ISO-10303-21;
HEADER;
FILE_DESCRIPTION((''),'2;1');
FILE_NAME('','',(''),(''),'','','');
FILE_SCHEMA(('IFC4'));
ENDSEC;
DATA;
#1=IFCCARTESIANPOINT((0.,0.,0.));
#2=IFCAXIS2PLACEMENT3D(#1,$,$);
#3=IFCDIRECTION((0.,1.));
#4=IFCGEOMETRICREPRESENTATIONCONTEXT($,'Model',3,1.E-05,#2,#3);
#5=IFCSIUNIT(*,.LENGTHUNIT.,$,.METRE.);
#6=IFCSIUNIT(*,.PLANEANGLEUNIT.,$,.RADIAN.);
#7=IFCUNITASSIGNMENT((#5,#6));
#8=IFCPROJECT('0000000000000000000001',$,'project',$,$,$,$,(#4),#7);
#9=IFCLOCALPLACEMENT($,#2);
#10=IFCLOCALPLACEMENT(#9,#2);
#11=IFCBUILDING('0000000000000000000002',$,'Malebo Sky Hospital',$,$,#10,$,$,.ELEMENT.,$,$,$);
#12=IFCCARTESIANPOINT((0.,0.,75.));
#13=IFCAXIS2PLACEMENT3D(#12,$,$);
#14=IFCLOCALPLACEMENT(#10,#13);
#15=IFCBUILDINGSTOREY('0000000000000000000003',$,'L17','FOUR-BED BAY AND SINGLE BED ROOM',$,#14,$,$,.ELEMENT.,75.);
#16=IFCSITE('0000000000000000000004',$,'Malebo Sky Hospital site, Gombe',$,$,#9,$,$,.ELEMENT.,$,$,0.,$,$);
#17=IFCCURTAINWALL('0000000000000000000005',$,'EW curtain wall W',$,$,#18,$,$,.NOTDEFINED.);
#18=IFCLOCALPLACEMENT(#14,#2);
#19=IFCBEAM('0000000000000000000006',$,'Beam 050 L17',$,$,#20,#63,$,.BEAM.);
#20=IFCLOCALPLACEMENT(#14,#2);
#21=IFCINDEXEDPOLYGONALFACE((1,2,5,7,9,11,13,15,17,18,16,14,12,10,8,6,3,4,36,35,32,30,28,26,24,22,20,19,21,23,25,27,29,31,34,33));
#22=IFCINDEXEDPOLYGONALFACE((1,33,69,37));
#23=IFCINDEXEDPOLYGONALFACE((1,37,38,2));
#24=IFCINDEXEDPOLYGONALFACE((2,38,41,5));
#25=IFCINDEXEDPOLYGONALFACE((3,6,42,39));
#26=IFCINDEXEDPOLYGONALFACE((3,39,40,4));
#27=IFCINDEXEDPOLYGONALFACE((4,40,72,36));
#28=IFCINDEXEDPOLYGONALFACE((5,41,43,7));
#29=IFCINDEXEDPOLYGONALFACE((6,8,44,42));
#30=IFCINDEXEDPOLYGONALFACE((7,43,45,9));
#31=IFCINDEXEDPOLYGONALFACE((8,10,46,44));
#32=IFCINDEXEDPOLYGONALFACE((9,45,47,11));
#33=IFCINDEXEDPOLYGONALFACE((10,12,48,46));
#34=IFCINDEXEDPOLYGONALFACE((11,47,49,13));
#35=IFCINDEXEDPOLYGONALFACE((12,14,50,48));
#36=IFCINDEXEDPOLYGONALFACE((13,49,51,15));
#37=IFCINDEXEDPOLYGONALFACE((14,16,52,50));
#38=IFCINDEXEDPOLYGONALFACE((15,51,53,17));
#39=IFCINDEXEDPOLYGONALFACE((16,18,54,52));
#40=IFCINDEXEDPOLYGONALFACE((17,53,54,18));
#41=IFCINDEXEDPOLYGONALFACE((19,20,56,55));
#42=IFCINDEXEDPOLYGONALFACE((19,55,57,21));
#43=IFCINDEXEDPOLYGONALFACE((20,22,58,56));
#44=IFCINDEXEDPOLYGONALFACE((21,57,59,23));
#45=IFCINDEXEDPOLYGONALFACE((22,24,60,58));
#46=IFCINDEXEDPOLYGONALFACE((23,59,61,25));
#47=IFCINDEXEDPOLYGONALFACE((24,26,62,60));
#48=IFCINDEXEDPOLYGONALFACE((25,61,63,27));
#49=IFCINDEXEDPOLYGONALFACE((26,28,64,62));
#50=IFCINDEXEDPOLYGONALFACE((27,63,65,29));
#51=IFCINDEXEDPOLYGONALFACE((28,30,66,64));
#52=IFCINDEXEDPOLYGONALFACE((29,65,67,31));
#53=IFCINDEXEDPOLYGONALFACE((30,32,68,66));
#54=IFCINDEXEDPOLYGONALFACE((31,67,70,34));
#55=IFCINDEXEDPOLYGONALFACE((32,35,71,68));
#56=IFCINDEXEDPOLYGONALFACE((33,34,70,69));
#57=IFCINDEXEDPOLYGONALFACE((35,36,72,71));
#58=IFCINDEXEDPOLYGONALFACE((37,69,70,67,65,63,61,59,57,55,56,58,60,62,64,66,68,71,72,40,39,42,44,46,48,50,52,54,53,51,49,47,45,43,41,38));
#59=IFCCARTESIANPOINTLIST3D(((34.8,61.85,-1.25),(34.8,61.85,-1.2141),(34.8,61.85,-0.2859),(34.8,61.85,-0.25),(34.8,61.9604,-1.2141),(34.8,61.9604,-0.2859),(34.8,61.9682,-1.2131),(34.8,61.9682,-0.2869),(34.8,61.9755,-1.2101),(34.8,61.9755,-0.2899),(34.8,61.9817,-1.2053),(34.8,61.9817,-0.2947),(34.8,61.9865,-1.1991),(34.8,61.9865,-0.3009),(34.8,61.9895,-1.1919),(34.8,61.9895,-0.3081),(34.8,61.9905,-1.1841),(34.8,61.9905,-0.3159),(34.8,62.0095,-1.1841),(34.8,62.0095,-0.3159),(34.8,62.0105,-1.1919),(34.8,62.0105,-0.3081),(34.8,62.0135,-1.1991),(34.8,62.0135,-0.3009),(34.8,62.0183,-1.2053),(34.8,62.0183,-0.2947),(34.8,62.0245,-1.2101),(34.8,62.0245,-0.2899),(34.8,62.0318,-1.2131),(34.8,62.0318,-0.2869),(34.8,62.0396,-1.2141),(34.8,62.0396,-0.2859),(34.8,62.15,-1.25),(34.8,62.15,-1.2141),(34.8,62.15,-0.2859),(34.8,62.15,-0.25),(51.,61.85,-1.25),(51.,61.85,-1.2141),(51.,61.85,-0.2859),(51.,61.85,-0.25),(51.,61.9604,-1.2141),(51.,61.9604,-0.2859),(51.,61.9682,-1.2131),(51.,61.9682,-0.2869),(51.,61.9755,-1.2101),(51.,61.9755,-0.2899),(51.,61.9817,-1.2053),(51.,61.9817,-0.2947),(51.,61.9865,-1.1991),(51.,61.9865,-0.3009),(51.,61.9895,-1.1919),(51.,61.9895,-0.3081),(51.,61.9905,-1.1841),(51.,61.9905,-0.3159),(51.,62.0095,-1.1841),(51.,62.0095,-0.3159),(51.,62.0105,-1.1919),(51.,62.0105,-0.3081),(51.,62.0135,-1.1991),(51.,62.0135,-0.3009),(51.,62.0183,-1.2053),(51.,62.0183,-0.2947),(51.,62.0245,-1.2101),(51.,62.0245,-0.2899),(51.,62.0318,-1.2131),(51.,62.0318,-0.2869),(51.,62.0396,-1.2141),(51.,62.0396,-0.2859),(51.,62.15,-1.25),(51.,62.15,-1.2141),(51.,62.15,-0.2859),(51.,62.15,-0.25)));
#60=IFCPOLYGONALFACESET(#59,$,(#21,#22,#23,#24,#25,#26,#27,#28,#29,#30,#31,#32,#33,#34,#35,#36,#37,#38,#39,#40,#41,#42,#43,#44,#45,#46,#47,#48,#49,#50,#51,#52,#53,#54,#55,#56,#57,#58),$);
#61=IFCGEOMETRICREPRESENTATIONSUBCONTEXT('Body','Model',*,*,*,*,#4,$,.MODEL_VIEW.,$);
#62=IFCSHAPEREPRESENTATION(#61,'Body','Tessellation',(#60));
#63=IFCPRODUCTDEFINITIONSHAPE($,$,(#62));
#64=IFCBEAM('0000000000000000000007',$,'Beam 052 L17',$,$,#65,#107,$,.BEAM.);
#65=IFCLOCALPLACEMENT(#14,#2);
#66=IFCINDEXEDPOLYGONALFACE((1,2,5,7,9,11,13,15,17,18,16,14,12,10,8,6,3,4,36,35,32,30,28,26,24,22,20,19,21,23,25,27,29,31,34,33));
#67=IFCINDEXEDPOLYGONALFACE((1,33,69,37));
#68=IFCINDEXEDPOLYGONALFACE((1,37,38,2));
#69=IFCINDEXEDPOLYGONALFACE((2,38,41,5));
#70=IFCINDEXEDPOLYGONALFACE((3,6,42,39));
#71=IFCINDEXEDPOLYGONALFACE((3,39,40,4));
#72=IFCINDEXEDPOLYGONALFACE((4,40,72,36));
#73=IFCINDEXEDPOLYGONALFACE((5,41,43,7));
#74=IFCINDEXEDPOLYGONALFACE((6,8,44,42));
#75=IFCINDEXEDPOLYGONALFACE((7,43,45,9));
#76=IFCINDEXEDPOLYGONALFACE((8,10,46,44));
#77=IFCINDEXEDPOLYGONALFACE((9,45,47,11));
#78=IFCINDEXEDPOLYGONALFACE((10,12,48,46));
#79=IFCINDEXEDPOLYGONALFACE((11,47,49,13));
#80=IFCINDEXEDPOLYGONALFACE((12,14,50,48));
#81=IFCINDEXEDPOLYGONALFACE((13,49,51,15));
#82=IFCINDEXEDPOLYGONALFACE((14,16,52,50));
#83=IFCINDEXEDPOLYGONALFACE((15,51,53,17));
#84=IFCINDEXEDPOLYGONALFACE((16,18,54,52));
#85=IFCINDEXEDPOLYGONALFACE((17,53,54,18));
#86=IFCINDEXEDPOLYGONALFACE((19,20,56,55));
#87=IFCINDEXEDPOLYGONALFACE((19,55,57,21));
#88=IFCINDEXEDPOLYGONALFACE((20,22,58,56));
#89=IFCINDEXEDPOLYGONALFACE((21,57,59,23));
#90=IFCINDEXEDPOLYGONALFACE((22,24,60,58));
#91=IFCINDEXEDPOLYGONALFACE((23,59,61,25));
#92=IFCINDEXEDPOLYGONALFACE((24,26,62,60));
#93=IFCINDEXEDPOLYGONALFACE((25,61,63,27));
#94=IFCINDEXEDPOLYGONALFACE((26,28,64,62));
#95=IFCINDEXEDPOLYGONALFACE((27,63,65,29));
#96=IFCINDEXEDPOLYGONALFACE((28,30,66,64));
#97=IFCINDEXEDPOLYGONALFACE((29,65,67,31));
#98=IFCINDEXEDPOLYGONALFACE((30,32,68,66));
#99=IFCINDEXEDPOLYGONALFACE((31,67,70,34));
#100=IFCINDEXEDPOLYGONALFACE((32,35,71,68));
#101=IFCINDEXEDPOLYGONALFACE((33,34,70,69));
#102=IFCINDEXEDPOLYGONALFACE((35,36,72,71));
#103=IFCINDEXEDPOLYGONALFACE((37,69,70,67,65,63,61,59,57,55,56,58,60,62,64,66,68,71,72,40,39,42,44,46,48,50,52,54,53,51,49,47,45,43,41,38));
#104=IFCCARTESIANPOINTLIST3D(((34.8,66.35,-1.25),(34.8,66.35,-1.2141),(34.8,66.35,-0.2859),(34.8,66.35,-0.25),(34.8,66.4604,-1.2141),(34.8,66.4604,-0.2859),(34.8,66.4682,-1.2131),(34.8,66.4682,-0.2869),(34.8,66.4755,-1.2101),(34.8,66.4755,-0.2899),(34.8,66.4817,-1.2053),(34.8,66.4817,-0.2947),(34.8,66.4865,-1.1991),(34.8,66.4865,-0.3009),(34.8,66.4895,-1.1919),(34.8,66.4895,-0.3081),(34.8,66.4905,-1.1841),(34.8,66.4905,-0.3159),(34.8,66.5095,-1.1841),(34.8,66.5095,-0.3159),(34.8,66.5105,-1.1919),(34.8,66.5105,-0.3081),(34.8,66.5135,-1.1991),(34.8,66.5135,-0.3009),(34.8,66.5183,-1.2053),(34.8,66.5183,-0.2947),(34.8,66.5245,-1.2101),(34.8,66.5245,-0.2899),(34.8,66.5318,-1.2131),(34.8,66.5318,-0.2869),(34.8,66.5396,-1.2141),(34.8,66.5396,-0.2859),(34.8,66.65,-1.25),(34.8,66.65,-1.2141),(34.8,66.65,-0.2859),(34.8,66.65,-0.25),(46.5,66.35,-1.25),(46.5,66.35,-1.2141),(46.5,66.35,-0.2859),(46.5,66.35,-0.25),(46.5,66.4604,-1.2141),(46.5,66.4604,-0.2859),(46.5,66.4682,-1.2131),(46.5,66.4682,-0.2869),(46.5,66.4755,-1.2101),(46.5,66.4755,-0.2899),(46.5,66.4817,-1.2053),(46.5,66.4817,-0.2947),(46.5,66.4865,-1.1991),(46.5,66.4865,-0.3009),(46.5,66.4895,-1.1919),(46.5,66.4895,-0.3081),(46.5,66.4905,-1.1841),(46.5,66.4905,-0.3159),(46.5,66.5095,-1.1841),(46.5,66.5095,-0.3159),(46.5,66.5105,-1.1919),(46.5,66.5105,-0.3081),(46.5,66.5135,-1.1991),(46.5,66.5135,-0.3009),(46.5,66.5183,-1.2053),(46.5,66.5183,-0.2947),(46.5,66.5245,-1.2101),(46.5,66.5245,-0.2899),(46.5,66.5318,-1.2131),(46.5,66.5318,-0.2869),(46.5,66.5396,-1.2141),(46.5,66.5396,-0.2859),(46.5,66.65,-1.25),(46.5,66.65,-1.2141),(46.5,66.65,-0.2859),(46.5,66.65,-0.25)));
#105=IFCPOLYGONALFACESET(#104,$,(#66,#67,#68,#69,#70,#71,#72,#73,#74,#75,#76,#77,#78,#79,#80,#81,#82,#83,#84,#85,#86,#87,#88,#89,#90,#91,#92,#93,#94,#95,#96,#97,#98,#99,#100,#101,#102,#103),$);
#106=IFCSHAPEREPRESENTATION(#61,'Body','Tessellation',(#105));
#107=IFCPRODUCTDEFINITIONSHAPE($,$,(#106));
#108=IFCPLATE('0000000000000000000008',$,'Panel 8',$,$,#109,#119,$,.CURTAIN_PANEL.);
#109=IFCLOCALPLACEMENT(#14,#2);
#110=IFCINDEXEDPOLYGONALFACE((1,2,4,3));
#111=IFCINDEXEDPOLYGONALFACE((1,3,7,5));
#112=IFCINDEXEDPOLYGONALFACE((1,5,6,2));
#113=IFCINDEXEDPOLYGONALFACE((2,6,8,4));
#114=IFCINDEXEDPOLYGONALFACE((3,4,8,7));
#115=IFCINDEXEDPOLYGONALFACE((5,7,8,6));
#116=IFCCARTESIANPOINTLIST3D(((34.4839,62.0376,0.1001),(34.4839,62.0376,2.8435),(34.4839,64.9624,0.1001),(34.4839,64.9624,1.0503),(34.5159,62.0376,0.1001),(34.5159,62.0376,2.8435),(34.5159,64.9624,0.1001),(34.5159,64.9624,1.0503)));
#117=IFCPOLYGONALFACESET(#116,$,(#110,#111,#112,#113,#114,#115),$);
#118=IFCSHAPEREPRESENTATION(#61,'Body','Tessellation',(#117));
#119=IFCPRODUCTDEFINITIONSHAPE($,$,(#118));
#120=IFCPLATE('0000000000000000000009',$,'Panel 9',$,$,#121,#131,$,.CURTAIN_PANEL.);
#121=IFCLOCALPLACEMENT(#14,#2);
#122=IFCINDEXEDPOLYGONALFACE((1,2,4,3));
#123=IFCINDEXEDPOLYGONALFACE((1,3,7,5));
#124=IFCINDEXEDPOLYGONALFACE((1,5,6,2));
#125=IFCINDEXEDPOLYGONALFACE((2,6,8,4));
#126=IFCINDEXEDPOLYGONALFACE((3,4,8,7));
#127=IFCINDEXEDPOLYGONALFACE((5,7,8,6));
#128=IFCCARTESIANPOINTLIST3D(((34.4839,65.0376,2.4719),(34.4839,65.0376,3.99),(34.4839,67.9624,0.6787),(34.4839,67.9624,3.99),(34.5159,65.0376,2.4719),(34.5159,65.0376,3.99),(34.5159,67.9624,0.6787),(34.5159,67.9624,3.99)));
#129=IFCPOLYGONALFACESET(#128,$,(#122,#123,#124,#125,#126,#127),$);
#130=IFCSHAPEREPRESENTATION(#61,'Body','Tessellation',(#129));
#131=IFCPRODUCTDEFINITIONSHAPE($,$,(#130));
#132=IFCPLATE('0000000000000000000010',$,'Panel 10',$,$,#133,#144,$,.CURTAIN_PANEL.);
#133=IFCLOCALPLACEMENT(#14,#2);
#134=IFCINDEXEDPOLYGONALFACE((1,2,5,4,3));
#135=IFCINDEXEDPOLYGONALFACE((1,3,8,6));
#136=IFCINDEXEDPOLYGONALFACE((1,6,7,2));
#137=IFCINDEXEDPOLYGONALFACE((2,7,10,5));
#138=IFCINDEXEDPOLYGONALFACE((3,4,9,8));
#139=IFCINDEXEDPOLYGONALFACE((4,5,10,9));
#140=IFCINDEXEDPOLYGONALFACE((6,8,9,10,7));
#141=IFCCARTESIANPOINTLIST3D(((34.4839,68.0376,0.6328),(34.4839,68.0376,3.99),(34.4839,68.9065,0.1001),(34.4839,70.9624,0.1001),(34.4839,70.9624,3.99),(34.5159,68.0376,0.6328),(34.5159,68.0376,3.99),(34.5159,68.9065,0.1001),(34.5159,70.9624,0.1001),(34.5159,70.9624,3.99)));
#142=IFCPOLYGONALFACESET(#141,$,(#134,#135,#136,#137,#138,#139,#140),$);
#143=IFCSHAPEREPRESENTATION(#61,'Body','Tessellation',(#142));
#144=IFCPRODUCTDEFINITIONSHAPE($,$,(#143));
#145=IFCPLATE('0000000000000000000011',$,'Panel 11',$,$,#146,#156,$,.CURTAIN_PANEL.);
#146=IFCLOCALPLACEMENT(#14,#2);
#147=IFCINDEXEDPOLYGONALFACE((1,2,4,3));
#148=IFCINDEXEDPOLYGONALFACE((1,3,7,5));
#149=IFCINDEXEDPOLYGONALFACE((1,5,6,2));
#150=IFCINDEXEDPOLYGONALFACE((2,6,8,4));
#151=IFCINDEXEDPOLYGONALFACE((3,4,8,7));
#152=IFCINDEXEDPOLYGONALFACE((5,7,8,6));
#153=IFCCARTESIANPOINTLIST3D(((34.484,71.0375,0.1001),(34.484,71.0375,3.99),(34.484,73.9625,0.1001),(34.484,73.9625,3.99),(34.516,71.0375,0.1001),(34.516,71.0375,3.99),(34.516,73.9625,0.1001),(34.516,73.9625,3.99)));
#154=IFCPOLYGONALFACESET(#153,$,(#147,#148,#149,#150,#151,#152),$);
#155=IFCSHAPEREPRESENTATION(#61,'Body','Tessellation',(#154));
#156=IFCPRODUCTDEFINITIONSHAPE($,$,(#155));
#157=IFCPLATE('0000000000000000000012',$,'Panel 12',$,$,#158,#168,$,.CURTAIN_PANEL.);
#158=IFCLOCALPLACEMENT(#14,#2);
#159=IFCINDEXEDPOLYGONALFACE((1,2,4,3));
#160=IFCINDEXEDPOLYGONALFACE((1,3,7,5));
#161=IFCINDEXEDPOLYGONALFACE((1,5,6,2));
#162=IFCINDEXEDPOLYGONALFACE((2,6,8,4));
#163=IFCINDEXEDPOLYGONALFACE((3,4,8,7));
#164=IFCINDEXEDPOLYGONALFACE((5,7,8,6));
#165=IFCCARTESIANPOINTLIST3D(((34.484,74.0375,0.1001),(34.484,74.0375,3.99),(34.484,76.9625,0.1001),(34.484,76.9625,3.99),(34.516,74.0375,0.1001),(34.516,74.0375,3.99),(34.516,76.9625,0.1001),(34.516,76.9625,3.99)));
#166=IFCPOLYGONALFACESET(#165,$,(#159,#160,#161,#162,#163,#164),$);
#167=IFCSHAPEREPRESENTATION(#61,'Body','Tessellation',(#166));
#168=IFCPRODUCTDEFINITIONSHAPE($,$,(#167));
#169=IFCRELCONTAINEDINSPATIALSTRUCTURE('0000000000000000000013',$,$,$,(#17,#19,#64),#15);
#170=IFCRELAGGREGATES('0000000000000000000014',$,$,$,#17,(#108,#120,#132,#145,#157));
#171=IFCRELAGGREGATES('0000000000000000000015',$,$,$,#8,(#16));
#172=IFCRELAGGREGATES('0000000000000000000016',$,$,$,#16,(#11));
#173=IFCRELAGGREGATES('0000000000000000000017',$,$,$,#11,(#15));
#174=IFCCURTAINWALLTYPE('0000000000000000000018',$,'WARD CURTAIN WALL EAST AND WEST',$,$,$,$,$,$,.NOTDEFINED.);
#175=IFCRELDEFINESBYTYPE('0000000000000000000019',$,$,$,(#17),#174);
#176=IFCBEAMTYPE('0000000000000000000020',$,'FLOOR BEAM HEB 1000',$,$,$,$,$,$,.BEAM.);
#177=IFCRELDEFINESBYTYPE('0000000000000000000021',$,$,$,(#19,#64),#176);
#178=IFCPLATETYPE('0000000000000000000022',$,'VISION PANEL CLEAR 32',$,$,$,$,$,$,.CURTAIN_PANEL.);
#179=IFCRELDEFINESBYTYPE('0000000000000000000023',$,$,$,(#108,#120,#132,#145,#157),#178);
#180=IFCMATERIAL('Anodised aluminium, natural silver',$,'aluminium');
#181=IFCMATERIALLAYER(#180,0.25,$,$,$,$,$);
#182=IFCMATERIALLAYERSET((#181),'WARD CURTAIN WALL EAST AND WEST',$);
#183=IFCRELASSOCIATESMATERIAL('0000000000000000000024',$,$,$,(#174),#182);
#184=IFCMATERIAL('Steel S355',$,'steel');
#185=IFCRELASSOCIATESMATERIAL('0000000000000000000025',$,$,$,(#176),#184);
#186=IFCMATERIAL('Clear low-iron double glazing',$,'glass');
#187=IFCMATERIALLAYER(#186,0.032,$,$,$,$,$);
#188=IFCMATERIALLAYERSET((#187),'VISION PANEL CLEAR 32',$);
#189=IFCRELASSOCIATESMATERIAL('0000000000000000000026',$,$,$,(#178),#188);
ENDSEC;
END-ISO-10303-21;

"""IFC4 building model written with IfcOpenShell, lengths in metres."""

from ifc_helpers import new_model, si_unit, direction, frame, origin, origin_2d, place, context, subcontext, project, spatial, polyline, rectangle, i_section, outline, extrude, material, layer, layer_set, material_profile, profile_set, type_object, element, aggregate, save


model = new_model("IFC4")

# Units and contexts
model_context = context("Model", 3, precision=1e-05, world=origin(), true_north=direction((0.0, 1.0)))
body_context = subcontext(model_context, "Body", "Model", "MODEL_VIEW")
ifc_project = project(units=[si_unit("LENGTHUNIT", "METRE"), si_unit("PLANEANGLEUNIT", "RADIAN")], contexts=[model_context])

# Site, building, storey
site_placement = place(None, origin())
site = spatial("IfcSite", under=ifc_project, at=site_placement, Name="Malebo Sky Hospital site, Gombe", CompositionType="ELEMENT", RefElevation=0.0)
building_placement = place(site_placement, origin())
building = spatial("IfcBuilding", under=site, at=building_placement, Name="Malebo Sky Hospital", CompositionType="ELEMENT")
storey_placement = place(building_placement, frame((0.0, 0.0, 75.0)))
storey = spatial("IfcBuildingStorey", under=building, at=storey_placement, Name="L17", Description="FOUR-BED BAY AND SINGLE BED ROOM", CompositionType="ELEMENT", Elevation=75.0)

# Curtain wall
ifc_material_1 = material(Name="Anodised aluminium, natural silver", Category="aluminium")
ifc_layer_1 = layer(ifc_material_1, 0.25)
ifc_layer_set_1 = layer_set([ifc_layer_1], Name="WARD CURTAIN WALL EAST AND WEST")
curtain_wall_type = type_object("IfcCurtainWallType", Name="WARD CURTAIN WALL EAST AND WEST", PredefinedType="NOTDEFINED", material=ifc_layer_set_1)
curtain_wall_placement = place(storey_placement, origin())
curtain_wall = element("IfcCurtainWall", 1, at=curtain_wall_placement, inside=storey, type_object=curtain_wall_type, Name="EW curtain wall W", PredefinedType="NOTDEFINED")

# Shared definitions
ifc_material_2 = material(Name="Steel S355", Category="steel")

# Beams
ifc_material_profile_1 = material_profile(ifc_material_2, i_section(OverallWidth=0.3, OverallDepth=1.0, WebThickness=0.019, FlangeThickness=0.0359, FilletRadius=0.03, at=origin_2d()), Name="HEB 1000")
ifc_profile_set_1 = profile_set([ifc_material_profile_1], Name="Steel S355")
beam_type_1 = type_object("IfcBeamType", Name="FLOOR BEAM HEB 1000", PredefinedType="BEAM", material=ifc_profile_set_1)
beam_1_placement = place(storey_placement, frame((34.8, 62.0, -0.75), z_axis=(1.0, 0.0, 0.0), x_axis=(0.0, 1.0, 0.0)))
element("IfcBeam", 2, at=beam_1_placement, inside=storey, type_object=beam_type_1, Name="Beam 050 L17", PredefinedType="BEAM", context=body_context, shape_type="SweptSolid", body=[
    extrude(i_section(OverallWidth=0.3, OverallDepth=1.0, WebThickness=0.019, FlangeThickness=0.0359, FilletRadius=0.03, at=origin_2d()), origin(), (0.0, 0.0, 1.0), 16.2),
])
beam_2_placement = place(storey_placement, frame((34.8, 66.5, -0.75), z_axis=(1.0, 0.0, 0.0), x_axis=(0.0, 1.0, 0.0)))
element("IfcBeam", 3, at=beam_2_placement, inside=storey, type_object=beam_type_1, Name="Beam 052 L17", PredefinedType="BEAM", context=body_context, shape_type="SweptSolid", body=[
    extrude(i_section(OverallWidth=0.3, OverallDepth=1.0, WebThickness=0.019, FlangeThickness=0.0359, FilletRadius=0.03, at=origin_2d()), origin(), (0.0, 0.0, 1.0), 11.7),
])

# Plates
ifc_material_3 = material(Name="Clear low-iron double glazing", Category="glass")
ifc_layer_2 = layer(ifc_material_3, 0.032)
ifc_layer_set_2 = layer_set([ifc_layer_2], Name="VISION PANEL CLEAR 32")
plate_type = type_object("IfcPlateType", Name="VISION PANEL CLEAR 32", PredefinedType="CURTAIN_PANEL", material=ifc_layer_set_2)
plate_1_placement = place(storey_placement, frame((34.5, 63.5, 0.1001), z_axis=(0.0, 0.0, 1.0), x_axis=(0.0, 1.0, 0.0)))
plate_1 = element("IfcPlate", 4, at=plate_1_placement, type_object=plate_type, Name="Panel 8", PredefinedType="CURTAIN_PANEL", context=body_context, shape_type="SweptSolid", body=[
    extrude(outline(polyline([(-1.4624, 0.0), (1.4624, 0.0), (1.4624, 0.9502), (-1.4624, 2.7434), (-1.4624, 0.0)])), frame((0.0, 0.0161, 0.0), z_axis=(0.0, -1.0, 0.0), x_axis=(1.0, 0.0, 0.0)), (0.0, 0.0, 1.0), 0.032),
])
plate_2_placement = place(storey_placement, frame((34.5, 66.5, 0.6787), z_axis=(0.0, 0.0, 1.0), x_axis=(0.0, 1.0, 0.0)))
plate_2 = element("IfcPlate", 5, at=plate_2_placement, type_object=plate_type, Name="Panel 9", PredefinedType="CURTAIN_PANEL", context=body_context, shape_type="SweptSolid", body=[
    extrude(outline(polyline([(1.4624, 0.0), (1.4624, 3.3113), (-1.4624, 3.3113), (-1.4624, 1.7932), (1.4624, 0.0)])), frame((0.0, 0.0161, 0.0), z_axis=(0.0, -1.0, 0.0), x_axis=(1.0, 0.0, 0.0)), (0.0, 0.0, 1.0), 0.032),
])
plate_3_placement = place(storey_placement, frame((34.5, 69.5, 0.1001), z_axis=(0.0, 0.0, 1.0), x_axis=(0.0, 1.0, 0.0)))
plate_3 = element("IfcPlate", 6, at=plate_3_placement, type_object=plate_type, Name="Panel 10", PredefinedType="CURTAIN_PANEL", context=body_context, shape_type="SweptSolid", body=[
    extrude(outline(polyline([(-0.5935, 0.0), (1.4624, 0.0), (1.4624, 3.8899), (-1.4624, 3.8899), (-1.4624, 0.5327), (-0.5935, 0.0)])), frame((0.0, 0.0161, 0.0), z_axis=(0.0, -1.0, 0.0), x_axis=(1.0, 0.0, 0.0)), (0.0, 0.0, 1.0), 0.032),
])
plate_4_placement = place(storey_placement, frame((34.5, 72.5, 0.1001), z_axis=(0.0, 0.0, 1.0), x_axis=(0.0, 1.0, 0.0)))
plate_4 = element("IfcPlate", 7, at=plate_4_placement, type_object=plate_type, Name="Panel 11", PredefinedType="CURTAIN_PANEL", context=body_context, shape_type="SweptSolid", body=[
    extrude(rectangle(XDim=2.925, YDim=0.032, at=origin_2d()), origin(), (0.0, 0.0, 1.0), 3.8899),
])
plate_5_placement = place(storey_placement, frame((34.5, 75.5, 0.1001), z_axis=(0.0, 0.0, 1.0), x_axis=(0.0, 1.0, 0.0)))
plate_5 = element("IfcPlate", 8, at=plate_5_placement, type_object=plate_type, Name="Panel 12", PredefinedType="CURTAIN_PANEL", context=body_context, shape_type="SweptSolid", body=[
    extrude(rectangle(XDim=2.925, YDim=0.032, at=origin_2d()), origin(), (0.0, 0.0, 1.0), 3.8899),
])
aggregate(curtain_wall, [plate_1, plate_2, plate_3, plate_4, plate_5])

save(model, "model.ifc")
